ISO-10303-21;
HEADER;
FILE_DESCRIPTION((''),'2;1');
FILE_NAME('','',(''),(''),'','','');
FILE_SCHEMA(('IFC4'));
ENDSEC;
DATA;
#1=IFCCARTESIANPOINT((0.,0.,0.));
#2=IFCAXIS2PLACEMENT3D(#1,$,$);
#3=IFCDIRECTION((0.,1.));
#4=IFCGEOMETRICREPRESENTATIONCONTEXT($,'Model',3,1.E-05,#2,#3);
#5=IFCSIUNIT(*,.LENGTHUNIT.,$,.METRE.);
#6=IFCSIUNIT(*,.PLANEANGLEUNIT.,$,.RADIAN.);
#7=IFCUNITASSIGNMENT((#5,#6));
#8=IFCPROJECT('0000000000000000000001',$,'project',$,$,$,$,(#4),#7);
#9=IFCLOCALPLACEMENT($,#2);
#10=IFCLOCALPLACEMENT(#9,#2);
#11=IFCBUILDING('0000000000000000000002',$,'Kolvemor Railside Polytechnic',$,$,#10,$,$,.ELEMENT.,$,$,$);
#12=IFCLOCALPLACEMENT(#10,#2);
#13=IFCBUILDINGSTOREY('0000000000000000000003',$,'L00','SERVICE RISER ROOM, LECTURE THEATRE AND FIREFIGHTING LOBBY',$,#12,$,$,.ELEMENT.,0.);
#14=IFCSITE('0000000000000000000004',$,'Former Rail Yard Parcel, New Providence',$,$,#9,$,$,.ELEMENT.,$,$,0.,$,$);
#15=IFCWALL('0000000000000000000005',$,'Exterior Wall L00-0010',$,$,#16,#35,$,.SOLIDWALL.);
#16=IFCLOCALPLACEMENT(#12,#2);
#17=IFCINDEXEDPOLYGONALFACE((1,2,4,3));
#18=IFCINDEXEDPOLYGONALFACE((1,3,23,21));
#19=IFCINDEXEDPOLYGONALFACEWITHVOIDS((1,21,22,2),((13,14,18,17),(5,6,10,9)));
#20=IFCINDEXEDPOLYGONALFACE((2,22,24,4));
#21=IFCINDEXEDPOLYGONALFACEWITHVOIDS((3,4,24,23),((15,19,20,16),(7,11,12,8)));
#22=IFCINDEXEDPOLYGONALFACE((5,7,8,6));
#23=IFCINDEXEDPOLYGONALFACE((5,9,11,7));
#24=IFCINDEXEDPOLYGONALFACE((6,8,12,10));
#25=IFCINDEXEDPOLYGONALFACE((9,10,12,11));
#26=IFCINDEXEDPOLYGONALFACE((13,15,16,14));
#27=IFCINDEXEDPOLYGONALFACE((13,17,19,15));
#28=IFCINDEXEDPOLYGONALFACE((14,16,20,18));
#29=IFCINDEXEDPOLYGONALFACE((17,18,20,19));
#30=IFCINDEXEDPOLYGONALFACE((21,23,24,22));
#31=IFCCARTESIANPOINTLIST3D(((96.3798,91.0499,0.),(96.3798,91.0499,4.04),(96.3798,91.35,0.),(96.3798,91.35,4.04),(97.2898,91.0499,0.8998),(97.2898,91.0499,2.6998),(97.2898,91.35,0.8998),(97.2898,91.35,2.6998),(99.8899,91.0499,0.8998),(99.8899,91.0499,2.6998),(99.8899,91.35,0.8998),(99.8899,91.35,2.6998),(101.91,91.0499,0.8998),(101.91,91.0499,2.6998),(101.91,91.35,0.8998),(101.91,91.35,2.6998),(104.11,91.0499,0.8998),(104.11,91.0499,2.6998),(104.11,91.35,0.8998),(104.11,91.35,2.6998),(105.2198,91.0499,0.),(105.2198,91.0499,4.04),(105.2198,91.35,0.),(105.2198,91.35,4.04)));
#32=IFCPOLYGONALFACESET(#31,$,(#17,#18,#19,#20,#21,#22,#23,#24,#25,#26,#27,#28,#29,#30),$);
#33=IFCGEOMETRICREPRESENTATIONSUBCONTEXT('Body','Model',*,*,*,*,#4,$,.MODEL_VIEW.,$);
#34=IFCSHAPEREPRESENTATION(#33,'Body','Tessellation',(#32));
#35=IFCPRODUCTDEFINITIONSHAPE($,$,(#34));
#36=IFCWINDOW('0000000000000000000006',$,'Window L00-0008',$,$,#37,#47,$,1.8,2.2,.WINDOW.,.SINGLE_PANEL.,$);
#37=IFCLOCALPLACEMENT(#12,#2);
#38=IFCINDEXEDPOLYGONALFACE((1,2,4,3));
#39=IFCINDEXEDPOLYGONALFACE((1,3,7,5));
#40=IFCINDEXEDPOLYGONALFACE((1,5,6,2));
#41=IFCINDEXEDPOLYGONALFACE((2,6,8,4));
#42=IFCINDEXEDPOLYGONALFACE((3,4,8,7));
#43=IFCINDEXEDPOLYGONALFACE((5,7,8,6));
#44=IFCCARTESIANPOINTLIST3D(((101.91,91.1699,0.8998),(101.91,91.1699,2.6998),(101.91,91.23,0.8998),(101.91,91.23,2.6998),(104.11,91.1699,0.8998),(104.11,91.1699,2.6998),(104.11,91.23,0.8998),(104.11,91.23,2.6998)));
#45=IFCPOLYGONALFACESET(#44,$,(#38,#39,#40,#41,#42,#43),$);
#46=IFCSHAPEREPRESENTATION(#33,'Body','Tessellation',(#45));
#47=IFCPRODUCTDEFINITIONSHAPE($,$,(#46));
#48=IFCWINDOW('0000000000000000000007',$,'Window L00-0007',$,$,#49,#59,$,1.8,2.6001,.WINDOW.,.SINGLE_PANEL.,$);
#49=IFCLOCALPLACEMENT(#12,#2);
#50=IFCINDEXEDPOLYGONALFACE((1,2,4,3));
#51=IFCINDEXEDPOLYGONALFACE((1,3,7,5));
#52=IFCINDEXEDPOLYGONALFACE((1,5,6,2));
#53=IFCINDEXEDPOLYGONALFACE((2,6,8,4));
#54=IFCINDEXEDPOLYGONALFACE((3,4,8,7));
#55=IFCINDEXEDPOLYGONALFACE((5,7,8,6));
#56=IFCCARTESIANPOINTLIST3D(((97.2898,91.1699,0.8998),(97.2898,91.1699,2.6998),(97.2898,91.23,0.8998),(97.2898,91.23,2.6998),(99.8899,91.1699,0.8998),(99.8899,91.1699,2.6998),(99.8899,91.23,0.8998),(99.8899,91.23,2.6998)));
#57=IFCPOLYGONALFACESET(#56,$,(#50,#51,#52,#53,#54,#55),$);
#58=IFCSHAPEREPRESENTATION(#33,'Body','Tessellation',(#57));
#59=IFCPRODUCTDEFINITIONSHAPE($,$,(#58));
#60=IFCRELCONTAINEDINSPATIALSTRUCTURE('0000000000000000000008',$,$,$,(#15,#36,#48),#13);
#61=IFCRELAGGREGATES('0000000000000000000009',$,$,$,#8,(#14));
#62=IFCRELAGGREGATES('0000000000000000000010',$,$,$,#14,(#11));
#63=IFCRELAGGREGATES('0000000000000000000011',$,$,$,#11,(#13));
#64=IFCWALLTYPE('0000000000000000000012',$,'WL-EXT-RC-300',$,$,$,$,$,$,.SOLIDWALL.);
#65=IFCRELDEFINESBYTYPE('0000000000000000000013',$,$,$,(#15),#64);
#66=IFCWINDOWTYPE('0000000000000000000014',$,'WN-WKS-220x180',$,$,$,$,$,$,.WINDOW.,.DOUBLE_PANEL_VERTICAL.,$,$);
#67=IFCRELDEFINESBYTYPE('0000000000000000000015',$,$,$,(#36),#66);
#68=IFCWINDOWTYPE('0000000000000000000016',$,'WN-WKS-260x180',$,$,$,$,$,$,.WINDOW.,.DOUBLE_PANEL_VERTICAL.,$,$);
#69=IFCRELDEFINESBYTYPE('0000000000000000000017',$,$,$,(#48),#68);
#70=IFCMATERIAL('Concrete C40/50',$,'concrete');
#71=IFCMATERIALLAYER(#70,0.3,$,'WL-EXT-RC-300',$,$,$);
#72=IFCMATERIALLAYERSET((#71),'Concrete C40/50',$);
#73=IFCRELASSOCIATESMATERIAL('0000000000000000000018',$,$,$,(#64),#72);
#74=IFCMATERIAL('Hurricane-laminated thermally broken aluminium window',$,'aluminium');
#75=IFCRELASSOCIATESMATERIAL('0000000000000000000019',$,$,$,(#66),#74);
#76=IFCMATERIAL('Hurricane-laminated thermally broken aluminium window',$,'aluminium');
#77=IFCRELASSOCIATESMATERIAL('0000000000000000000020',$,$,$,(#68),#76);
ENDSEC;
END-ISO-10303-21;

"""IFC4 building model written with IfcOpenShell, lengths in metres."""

from ifc_helpers import new_model, si_unit, direction, frame, frame_2d, origin, place, context, subcontext, project, spatial, rectangle, extrude, material, layer, layer_set, type_object, element, fill, save


model = new_model("IFC4")

# Units and contexts
model_context = context("Model", 3, precision=1e-05, world=origin(), true_north=direction((0.0, 1.0)))
body_context = subcontext(model_context, "Body", "Model", "MODEL_VIEW")
ifc_project = project(units=[si_unit("LENGTHUNIT", "METRE"), si_unit("PLANEANGLEUNIT", "RADIAN")], contexts=[model_context])

# Site, building, storey
site_placement = place(None, origin())
site = spatial("IfcSite", under=ifc_project, at=site_placement, Name="Former Rail Yard Parcel, New Providence", CompositionType="ELEMENT", RefElevation=0.0)
building_placement = place(site_placement, origin())
building = spatial("IfcBuilding", under=site, at=building_placement, Name="Kolvemor Railside Polytechnic", CompositionType="ELEMENT")
storey_placement = place(building_placement, origin())
storey = spatial("IfcBuildingStorey", under=building, at=storey_placement, Name="L00", Description="SERVICE RISER ROOM, LECTURE THEATRE AND FIREFIGHTING LOBBY", CompositionType="ELEMENT", Elevation=0.0)

# Wall, openings, windows
ifc_material_1 = material(Name="Concrete C40/50", Category="concrete")
ifc_layer_1 = layer(ifc_material_1, 0.3, Name="WL-EXT-RC-300")
ifc_layer_set_1 = layer_set([ifc_layer_1], Name="Concrete C40/50")
wall_type_1 = type_object("IfcWallType", Name="WL-EXT-RC-300", PredefinedType="SOLIDWALL", material=ifc_layer_set_1)
wall_1_placement = place(storey_placement, frame((96.3799, 91.2, 0.0), z_axis=(0.0, 0.0, 1.0), x_axis=(1.0, 0.0, 0.0)))
wall_1 = element("IfcWall", 1, at=wall_1_placement, inside=storey, type_object=wall_type_1, Name="Exterior Wall L00-0010", PredefinedType="SOLIDWALL", context=body_context, shape_type="SweptSolid", body=[
    extrude(rectangle(XDim=8.8401, YDim=0.3, at=frame_2d((4.4199, 0.0))), origin(), (0.0, 0.0, 1.0), 4.04),
])
opening_1_placement = place(wall_1_placement, frame((0.9099, 0.0, 0.8999)))
opening_1 = element("IfcOpeningElement", 2, at=opening_1_placement, cuts=wall_1, PredefinedType="OPENING", context=body_context, shape_type="SweptSolid", body=[
    extrude(rectangle(XDim=2.6001, YDim=1.8, at=frame_2d((1.3, 0.8999))), frame((0.0, 0.1599, 0.0), z_axis=(0.0, -1.0, 0.0), x_axis=(1.0, 0.0, 0.0)), (0.0, 0.0, 1.0), 0.3201),
])
opening_2_placement = place(wall_1_placement, frame((5.53, 0.0, 0.8999)))
opening_2 = element("IfcOpeningElement", 3, at=opening_2_placement, cuts=wall_1, PredefinedType="OPENING", context=body_context, shape_type="SweptSolid", body=[
    extrude(rectangle(XDim=2.2, YDim=1.8, at=frame_2d((1.1001, 0.8999))), frame((0.0, 0.1599, 0.0), z_axis=(0.0, -1.0, 0.0), x_axis=(1.0, 0.0, 0.0)), (0.0, 0.0, 1.0), 0.3201),
])
ifc_material_2 = material(Name="Hurricane-laminated thermally broken aluminium window", Category="aluminium")
window_type_1 = type_object("IfcWindowType", Name="WN-WKS-220x180", PartitioningType="DOUBLE_PANEL_VERTICAL", PredefinedType="WINDOW", material=ifc_material_2)
window_1_placement = place(opening_2_placement, origin())
window_1 = element("IfcWindow", 4, at=window_1_placement, inside=storey, type_object=window_type_1, Name="Window L00-0008", OverallHeight=1.8, OverallWidth=2.2, PartitioningType="SINGLE_PANEL", PredefinedType="WINDOW", context=body_context, shape_type="SweptSolid", body=[
    extrude(rectangle(XDim=2.2, YDim=1.8, at=frame_2d((1.1001, 0.8999))), frame((0.0, 0.03, 0.0), z_axis=(0.0, -1.0, 0.0), x_axis=(1.0, 0.0, 0.0)), (0.0, 0.0, 1.0), 0.0601),
])
fill(opening_2, window_1)
ifc_material_3 = material(Name="Hurricane-laminated thermally broken aluminium window", Category="aluminium")
window_type_2 = type_object("IfcWindowType", Name="WN-WKS-260x180", PartitioningType="DOUBLE_PANEL_VERTICAL", PredefinedType="WINDOW", material=ifc_material_3)
window_2_placement = place(opening_1_placement, origin())
window_2 = element("IfcWindow", 5, at=window_2_placement, inside=storey, type_object=window_type_2, Name="Window L00-0007", OverallHeight=1.8, OverallWidth=2.6001, PartitioningType="SINGLE_PANEL", PredefinedType="WINDOW", context=body_context, shape_type="SweptSolid", body=[
    extrude(rectangle(XDim=2.6001, YDim=1.8, at=frame_2d((1.3, 0.8999))), frame((0.0, 0.03, 0.0), z_axis=(0.0, -1.0, 0.0), x_axis=(1.0, 0.0, 0.0)), (0.0, 0.0, 1.0), 0.0601),
])
fill(opening_1, window_2)

save(model, "model.ifc")
